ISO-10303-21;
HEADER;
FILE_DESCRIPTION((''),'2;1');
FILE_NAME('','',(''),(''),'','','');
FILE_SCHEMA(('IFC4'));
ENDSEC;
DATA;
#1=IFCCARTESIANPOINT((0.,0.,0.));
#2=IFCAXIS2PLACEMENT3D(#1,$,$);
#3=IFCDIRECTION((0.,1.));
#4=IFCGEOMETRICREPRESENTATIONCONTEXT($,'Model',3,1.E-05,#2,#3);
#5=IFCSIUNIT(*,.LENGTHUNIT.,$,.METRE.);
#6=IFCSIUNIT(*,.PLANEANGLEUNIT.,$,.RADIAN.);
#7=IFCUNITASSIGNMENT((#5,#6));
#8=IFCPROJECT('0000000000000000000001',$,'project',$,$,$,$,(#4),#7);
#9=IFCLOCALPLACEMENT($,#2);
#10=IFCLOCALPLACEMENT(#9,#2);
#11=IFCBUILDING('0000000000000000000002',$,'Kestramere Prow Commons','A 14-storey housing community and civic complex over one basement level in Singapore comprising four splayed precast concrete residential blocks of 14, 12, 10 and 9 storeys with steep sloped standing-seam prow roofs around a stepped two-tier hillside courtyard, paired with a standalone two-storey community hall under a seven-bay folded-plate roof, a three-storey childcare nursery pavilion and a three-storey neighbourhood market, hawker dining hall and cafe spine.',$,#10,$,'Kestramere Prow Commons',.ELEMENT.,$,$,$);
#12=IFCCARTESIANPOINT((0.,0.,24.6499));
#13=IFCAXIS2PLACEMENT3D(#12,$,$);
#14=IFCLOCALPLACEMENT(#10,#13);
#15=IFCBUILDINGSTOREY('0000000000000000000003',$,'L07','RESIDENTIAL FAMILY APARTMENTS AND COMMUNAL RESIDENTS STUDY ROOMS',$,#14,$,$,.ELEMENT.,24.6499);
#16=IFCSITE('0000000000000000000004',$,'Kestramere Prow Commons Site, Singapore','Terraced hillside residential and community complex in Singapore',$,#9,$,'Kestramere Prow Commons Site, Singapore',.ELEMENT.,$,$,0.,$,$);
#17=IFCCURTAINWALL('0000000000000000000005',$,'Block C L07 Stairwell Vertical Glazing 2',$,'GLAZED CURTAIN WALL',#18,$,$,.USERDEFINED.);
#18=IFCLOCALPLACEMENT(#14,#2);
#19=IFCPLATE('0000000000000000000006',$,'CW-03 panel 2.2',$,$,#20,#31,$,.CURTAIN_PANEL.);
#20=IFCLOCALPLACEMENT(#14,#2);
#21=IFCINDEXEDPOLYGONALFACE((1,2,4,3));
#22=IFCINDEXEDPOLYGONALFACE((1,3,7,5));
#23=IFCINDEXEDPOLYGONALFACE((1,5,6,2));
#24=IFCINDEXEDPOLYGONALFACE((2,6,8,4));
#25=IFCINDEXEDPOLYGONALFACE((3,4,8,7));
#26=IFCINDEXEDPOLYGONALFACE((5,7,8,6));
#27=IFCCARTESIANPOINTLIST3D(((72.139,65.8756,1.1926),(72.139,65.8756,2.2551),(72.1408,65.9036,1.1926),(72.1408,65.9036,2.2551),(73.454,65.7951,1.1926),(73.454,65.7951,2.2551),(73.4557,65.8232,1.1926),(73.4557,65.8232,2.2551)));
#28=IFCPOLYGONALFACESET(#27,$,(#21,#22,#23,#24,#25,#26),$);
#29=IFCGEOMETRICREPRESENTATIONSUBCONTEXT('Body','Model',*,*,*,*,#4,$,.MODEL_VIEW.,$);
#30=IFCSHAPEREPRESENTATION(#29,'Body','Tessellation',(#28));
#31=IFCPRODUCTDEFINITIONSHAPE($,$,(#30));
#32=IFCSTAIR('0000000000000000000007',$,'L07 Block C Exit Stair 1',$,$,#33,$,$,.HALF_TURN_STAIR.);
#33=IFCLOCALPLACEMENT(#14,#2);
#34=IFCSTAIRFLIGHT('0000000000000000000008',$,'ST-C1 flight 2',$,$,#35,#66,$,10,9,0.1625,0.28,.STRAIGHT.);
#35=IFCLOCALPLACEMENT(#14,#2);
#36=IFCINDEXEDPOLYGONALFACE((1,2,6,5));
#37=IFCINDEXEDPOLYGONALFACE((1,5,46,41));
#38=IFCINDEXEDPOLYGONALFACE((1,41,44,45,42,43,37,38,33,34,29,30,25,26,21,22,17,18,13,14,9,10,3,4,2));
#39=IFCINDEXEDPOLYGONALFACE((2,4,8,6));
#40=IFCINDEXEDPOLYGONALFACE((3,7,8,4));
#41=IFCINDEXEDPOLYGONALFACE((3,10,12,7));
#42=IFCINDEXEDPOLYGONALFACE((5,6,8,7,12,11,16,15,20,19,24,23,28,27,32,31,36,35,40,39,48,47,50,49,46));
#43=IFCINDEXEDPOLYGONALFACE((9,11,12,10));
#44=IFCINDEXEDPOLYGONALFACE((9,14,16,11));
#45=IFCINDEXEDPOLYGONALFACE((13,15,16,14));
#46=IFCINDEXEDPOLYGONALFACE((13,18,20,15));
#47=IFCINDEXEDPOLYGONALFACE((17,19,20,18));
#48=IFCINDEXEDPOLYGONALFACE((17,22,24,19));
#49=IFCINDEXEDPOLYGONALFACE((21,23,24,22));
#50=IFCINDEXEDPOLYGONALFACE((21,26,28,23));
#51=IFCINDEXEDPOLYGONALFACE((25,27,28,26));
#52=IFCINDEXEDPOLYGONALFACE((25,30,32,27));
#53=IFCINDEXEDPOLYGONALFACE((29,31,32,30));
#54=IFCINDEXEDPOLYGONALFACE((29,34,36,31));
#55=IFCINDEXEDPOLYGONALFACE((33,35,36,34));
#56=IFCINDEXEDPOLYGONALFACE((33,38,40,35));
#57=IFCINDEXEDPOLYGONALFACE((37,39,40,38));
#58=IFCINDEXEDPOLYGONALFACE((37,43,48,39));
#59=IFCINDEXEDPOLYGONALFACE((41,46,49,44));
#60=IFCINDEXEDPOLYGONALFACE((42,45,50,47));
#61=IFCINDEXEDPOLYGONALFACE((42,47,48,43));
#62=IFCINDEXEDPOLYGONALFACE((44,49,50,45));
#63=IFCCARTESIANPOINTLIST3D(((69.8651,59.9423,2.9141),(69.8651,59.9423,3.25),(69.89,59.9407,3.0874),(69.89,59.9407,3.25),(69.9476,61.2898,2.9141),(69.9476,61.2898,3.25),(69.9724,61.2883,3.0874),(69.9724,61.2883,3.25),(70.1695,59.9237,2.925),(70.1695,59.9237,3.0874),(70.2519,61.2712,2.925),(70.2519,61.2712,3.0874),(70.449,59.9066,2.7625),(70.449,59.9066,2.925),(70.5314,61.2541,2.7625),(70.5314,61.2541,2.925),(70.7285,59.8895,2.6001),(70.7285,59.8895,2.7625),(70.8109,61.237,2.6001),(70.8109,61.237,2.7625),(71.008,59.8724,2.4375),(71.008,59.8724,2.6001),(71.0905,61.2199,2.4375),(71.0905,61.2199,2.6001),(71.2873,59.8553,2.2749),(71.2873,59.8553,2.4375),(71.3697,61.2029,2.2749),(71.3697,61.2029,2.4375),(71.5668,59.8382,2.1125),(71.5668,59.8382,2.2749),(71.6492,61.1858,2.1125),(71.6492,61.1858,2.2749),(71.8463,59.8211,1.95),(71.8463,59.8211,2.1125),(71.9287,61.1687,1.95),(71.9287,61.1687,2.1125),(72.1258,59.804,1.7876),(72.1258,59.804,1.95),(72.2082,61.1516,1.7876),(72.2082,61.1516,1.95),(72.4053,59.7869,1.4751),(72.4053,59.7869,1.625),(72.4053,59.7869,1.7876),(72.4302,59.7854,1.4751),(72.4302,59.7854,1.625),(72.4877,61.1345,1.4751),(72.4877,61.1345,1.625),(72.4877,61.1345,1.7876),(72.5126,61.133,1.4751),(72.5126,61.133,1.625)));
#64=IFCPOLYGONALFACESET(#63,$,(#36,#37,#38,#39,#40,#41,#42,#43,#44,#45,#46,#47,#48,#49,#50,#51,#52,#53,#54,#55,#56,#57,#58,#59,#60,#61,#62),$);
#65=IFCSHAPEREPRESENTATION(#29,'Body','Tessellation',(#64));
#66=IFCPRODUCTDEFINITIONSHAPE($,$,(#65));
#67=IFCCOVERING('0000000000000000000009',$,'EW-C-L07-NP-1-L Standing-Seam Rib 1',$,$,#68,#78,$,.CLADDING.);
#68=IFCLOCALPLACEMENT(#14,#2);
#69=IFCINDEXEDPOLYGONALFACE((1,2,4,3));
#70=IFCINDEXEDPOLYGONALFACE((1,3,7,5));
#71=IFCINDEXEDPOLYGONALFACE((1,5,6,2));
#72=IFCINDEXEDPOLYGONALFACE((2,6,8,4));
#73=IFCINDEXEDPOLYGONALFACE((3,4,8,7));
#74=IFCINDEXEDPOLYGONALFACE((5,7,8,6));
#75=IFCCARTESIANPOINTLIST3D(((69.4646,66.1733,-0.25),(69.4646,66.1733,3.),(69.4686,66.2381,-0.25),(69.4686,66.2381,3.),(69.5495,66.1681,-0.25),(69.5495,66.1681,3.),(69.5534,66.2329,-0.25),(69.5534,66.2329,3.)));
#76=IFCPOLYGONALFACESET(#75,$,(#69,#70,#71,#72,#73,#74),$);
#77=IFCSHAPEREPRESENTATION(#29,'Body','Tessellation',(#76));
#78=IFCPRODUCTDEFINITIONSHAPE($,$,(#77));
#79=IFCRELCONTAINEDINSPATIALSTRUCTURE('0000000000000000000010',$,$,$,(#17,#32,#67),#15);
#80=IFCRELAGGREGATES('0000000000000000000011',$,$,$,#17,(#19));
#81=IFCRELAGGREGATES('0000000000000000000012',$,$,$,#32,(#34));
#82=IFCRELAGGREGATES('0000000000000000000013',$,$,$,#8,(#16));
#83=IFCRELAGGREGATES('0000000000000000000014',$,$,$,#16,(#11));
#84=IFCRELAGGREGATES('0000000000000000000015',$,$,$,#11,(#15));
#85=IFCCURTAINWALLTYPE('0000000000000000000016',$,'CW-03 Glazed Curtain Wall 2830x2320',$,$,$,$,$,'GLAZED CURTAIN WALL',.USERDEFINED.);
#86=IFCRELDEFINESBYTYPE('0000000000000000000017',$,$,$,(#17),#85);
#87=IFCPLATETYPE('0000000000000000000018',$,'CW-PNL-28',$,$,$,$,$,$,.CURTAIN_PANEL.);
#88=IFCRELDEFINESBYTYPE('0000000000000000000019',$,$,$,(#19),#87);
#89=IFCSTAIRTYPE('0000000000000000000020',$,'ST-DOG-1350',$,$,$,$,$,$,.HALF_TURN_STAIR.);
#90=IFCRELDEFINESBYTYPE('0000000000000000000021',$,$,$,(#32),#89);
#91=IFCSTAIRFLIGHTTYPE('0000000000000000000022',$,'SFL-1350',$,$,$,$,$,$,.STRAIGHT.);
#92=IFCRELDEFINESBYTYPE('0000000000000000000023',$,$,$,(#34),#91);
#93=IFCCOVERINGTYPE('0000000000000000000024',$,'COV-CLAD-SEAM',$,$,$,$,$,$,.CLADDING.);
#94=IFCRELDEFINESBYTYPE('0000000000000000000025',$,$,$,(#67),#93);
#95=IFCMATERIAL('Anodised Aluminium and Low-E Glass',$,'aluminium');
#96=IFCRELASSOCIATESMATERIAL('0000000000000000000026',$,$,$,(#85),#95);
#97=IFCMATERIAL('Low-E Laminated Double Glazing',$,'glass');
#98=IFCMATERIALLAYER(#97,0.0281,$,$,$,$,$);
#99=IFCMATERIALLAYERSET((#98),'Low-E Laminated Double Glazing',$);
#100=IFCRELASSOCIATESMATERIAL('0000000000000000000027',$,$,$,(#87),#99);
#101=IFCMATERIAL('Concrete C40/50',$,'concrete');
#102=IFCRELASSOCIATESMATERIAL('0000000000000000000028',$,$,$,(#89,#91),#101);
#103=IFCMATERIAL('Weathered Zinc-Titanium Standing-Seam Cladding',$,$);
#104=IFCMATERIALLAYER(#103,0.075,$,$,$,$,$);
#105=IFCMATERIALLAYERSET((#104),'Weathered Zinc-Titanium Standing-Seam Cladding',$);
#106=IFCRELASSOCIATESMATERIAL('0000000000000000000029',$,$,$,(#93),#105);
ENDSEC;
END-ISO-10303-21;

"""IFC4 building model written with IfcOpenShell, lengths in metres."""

from ifc_helpers import new_model, si_unit, direction, frame, origin, origin_2d, place, context, subcontext, project, spatial, polyline, rectangle, outline, extrude, material, layer, layer_set, type_object, element, aggregate, save


model = new_model("IFC4")

# Units and contexts
model_context = context("Model", 3, precision=1e-05, world=origin(), true_north=direction((0.0, 1.0)))
body_context = subcontext(model_context, "Body", "Model", "MODEL_VIEW")
ifc_project = project(units=[si_unit("LENGTHUNIT", "METRE"), si_unit("PLANEANGLEUNIT", "RADIAN")], contexts=[model_context])

# Site, building, storey
site_placement = place(None, origin())
site = spatial("IfcSite", under=ifc_project, at=site_placement, Name="Kestramere Prow Commons Site, Singapore", Description="Terraced hillside residential and community complex in Singapore", LongName="Kestramere Prow Commons Site, Singapore", CompositionType="ELEMENT", RefElevation=0.0)
building_placement = place(site_placement, origin())
building = spatial("IfcBuilding", under=site, at=building_placement, Name="Kestramere Prow Commons", Description="A 14-storey housing community and civic complex over one basement level in Singapore comprising four splayed precast concrete residential blocks of 14, 12, 10 and 9 storeys with steep sloped standing-seam prow roofs around a stepped two-tier hillside courtyard, paired with a standalone two-storey community hall under a seven-bay folded-plate roof, a three-storey childcare nursery pavilion and a three-storey neighbourhood market, hawker dining hall and cafe spine.", LongName="Kestramere Prow Commons", CompositionType="ELEMENT")
storey_placement = place(building_placement, frame((0.0, 0.0, 24.6499)))
storey = spatial("IfcBuildingStorey", under=building, at=storey_placement, Name="L07", Description="RESIDENTIAL FAMILY APARTMENTS AND COMMUNAL RESIDENTS STUDY ROOMS", CompositionType="ELEMENT", Elevation=24.6499)

# Curtain wall, plate
ifc_material_1 = material(Name="Anodised Aluminium and Low-E Glass", Category="aluminium")
curtain_wall_type = type_object("IfcCurtainWallType", Name="CW-03 Glazed Curtain Wall 2830x2320", ElementType="GLAZED CURTAIN WALL", PredefinedType="USERDEFINED", material=ifc_material_1)
curtain_wall_placement = place(storey_placement, origin())
curtain_wall = element("IfcCurtainWall", 1, at=curtain_wall_placement, inside=storey, type_object=curtain_wall_type, Name="Block C L07 Stairwell Vertical Glazing 2", ObjectType="GLAZED CURTAIN WALL", PredefinedType="USERDEFINED")
ifc_material_2 = material(Name="Low-E Laminated Double Glazing", Category="glass")
ifc_layer_1 = layer(ifc_material_2, 0.0281)
ifc_layer_set_1 = layer_set([ifc_layer_1], Name="Low-E Laminated Double Glazing")
plate_type = type_object("IfcPlateType", Name="CW-PNL-28", PredefinedType="CURTAIN_PANEL", material=ifc_layer_set_1)
plate_1_placement = place(storey_placement, frame((72.7974, 65.8494, 1.1926), z_axis=(0.0, 0.0, 1.0), x_axis=(0.998135, -0.061048, 0.0)))
plate_1 = element("IfcPlate", 2, at=plate_1_placement, type_object=plate_type, Name="CW-03 panel 2.2", PredefinedType="CURTAIN_PANEL", context=body_context, shape_type="SweptSolid", body=[
    extrude(rectangle(XDim=1.3174, YDim=0.0281, at=origin_2d()), origin(), (0.0, 0.0, 1.0), 1.0625),
])
aggregate(curtain_wall, [plate_1])

# Stair, stair flight
ifc_material_3 = material(Name="Concrete C40/50", Category="concrete")
stair_type = type_object("IfcStairType", Name="ST-DOG-1350", PredefinedType="HALF_TURN_STAIR", material=ifc_material_3)
stair_placement = place(storey_placement, origin())
stair = element("IfcStair", 3, at=stair_placement, inside=storey, type_object=stair_type, Name="L07 Block C Exit Stair 1", PredefinedType="HALF_TURN_STAIR")
stair_flight_type = type_object("IfcStairFlightType", Name="SFL-1350", PredefinedType="STRAIGHT", material=ifc_material_3)
stair_flight_placement = place(storey_placement, frame((72.4465, 60.4607, 1.625), z_axis=(0.0, 0.0, 1.0), x_axis=(-0.998135, 0.061049, 0.0)))
stair_flight = element("IfcStairFlight", 4, at=stair_flight_placement, type_object=stair_flight_type, Name="ST-C1 flight 2", NumberOfRisers=10, NumberOfTreads=9, PredefinedType="STRAIGHT", RiserHeight=0.1625, TreadLength=0.28, context=body_context, shape_type="SweptSolid", body=[
    extrude(outline(polyline([(-0.0249, 0.0), (0.0, 0.0), (0.0, 0.1626), (0.28, 0.1626), (0.28, 0.325), (0.5601, 0.325), (0.5601, 0.4875), (0.8401, 0.4875), (0.8401, 0.6499), (1.1201, 0.6499), (1.1201, 0.8125), (1.3999, 0.8125), (1.3999, 0.9751), (1.6799, 0.9751), (1.6799, 1.1375), (1.96, 1.1375), (1.96, 1.3), (2.24, 1.3), (2.24, 1.4624), (2.52, 1.4624), (2.52, 1.625), (2.5449, 1.625), (2.5449, 1.2891), (0.0, -0.1499), (-0.0249, -0.1499), (-0.0249, 0.0)])), frame((0.0, 0.675, 0.0), z_axis=(0.0, -1.0, 0.0), x_axis=(1.0, 0.0, 0.0)), (0.0, 0.0, 1.0), 1.3501),
])
aggregate(stair, [stair_flight])

# Covering
ifc_material_4 = material(Name="Weathered Zinc-Titanium Standing-Seam Cladding")
ifc_layer_2 = layer(ifc_material_4, 0.075)
ifc_layer_set_2 = layer_set([ifc_layer_2], Name="Weathered Zinc-Titanium Standing-Seam Cladding")
covering_type = type_object("IfcCoveringType", Name="COV-CLAD-SEAM", PredefinedType="CLADDING", material=ifc_layer_set_2)
covering_placement = place(storey_placement, frame((69.509, 66.2031, -0.25), z_axis=(0.0, 0.0, 1.0), x_axis=(0.998135, -0.061049, 0.0)))
element("IfcCovering", 5, at=covering_placement, inside=storey, type_object=covering_type, Name="EW-C-L07-NP-1-L Standing-Seam Rib 1", PredefinedType="CLADDING", context=body_context, shape_type="SweptSolid", body=[
    extrude(rectangle(XDim=0.085, YDim=0.0649, at=origin_2d()), origin(), (0.0, 0.0, 1.0), 3.25),
])

save(model, "model.ifc")
